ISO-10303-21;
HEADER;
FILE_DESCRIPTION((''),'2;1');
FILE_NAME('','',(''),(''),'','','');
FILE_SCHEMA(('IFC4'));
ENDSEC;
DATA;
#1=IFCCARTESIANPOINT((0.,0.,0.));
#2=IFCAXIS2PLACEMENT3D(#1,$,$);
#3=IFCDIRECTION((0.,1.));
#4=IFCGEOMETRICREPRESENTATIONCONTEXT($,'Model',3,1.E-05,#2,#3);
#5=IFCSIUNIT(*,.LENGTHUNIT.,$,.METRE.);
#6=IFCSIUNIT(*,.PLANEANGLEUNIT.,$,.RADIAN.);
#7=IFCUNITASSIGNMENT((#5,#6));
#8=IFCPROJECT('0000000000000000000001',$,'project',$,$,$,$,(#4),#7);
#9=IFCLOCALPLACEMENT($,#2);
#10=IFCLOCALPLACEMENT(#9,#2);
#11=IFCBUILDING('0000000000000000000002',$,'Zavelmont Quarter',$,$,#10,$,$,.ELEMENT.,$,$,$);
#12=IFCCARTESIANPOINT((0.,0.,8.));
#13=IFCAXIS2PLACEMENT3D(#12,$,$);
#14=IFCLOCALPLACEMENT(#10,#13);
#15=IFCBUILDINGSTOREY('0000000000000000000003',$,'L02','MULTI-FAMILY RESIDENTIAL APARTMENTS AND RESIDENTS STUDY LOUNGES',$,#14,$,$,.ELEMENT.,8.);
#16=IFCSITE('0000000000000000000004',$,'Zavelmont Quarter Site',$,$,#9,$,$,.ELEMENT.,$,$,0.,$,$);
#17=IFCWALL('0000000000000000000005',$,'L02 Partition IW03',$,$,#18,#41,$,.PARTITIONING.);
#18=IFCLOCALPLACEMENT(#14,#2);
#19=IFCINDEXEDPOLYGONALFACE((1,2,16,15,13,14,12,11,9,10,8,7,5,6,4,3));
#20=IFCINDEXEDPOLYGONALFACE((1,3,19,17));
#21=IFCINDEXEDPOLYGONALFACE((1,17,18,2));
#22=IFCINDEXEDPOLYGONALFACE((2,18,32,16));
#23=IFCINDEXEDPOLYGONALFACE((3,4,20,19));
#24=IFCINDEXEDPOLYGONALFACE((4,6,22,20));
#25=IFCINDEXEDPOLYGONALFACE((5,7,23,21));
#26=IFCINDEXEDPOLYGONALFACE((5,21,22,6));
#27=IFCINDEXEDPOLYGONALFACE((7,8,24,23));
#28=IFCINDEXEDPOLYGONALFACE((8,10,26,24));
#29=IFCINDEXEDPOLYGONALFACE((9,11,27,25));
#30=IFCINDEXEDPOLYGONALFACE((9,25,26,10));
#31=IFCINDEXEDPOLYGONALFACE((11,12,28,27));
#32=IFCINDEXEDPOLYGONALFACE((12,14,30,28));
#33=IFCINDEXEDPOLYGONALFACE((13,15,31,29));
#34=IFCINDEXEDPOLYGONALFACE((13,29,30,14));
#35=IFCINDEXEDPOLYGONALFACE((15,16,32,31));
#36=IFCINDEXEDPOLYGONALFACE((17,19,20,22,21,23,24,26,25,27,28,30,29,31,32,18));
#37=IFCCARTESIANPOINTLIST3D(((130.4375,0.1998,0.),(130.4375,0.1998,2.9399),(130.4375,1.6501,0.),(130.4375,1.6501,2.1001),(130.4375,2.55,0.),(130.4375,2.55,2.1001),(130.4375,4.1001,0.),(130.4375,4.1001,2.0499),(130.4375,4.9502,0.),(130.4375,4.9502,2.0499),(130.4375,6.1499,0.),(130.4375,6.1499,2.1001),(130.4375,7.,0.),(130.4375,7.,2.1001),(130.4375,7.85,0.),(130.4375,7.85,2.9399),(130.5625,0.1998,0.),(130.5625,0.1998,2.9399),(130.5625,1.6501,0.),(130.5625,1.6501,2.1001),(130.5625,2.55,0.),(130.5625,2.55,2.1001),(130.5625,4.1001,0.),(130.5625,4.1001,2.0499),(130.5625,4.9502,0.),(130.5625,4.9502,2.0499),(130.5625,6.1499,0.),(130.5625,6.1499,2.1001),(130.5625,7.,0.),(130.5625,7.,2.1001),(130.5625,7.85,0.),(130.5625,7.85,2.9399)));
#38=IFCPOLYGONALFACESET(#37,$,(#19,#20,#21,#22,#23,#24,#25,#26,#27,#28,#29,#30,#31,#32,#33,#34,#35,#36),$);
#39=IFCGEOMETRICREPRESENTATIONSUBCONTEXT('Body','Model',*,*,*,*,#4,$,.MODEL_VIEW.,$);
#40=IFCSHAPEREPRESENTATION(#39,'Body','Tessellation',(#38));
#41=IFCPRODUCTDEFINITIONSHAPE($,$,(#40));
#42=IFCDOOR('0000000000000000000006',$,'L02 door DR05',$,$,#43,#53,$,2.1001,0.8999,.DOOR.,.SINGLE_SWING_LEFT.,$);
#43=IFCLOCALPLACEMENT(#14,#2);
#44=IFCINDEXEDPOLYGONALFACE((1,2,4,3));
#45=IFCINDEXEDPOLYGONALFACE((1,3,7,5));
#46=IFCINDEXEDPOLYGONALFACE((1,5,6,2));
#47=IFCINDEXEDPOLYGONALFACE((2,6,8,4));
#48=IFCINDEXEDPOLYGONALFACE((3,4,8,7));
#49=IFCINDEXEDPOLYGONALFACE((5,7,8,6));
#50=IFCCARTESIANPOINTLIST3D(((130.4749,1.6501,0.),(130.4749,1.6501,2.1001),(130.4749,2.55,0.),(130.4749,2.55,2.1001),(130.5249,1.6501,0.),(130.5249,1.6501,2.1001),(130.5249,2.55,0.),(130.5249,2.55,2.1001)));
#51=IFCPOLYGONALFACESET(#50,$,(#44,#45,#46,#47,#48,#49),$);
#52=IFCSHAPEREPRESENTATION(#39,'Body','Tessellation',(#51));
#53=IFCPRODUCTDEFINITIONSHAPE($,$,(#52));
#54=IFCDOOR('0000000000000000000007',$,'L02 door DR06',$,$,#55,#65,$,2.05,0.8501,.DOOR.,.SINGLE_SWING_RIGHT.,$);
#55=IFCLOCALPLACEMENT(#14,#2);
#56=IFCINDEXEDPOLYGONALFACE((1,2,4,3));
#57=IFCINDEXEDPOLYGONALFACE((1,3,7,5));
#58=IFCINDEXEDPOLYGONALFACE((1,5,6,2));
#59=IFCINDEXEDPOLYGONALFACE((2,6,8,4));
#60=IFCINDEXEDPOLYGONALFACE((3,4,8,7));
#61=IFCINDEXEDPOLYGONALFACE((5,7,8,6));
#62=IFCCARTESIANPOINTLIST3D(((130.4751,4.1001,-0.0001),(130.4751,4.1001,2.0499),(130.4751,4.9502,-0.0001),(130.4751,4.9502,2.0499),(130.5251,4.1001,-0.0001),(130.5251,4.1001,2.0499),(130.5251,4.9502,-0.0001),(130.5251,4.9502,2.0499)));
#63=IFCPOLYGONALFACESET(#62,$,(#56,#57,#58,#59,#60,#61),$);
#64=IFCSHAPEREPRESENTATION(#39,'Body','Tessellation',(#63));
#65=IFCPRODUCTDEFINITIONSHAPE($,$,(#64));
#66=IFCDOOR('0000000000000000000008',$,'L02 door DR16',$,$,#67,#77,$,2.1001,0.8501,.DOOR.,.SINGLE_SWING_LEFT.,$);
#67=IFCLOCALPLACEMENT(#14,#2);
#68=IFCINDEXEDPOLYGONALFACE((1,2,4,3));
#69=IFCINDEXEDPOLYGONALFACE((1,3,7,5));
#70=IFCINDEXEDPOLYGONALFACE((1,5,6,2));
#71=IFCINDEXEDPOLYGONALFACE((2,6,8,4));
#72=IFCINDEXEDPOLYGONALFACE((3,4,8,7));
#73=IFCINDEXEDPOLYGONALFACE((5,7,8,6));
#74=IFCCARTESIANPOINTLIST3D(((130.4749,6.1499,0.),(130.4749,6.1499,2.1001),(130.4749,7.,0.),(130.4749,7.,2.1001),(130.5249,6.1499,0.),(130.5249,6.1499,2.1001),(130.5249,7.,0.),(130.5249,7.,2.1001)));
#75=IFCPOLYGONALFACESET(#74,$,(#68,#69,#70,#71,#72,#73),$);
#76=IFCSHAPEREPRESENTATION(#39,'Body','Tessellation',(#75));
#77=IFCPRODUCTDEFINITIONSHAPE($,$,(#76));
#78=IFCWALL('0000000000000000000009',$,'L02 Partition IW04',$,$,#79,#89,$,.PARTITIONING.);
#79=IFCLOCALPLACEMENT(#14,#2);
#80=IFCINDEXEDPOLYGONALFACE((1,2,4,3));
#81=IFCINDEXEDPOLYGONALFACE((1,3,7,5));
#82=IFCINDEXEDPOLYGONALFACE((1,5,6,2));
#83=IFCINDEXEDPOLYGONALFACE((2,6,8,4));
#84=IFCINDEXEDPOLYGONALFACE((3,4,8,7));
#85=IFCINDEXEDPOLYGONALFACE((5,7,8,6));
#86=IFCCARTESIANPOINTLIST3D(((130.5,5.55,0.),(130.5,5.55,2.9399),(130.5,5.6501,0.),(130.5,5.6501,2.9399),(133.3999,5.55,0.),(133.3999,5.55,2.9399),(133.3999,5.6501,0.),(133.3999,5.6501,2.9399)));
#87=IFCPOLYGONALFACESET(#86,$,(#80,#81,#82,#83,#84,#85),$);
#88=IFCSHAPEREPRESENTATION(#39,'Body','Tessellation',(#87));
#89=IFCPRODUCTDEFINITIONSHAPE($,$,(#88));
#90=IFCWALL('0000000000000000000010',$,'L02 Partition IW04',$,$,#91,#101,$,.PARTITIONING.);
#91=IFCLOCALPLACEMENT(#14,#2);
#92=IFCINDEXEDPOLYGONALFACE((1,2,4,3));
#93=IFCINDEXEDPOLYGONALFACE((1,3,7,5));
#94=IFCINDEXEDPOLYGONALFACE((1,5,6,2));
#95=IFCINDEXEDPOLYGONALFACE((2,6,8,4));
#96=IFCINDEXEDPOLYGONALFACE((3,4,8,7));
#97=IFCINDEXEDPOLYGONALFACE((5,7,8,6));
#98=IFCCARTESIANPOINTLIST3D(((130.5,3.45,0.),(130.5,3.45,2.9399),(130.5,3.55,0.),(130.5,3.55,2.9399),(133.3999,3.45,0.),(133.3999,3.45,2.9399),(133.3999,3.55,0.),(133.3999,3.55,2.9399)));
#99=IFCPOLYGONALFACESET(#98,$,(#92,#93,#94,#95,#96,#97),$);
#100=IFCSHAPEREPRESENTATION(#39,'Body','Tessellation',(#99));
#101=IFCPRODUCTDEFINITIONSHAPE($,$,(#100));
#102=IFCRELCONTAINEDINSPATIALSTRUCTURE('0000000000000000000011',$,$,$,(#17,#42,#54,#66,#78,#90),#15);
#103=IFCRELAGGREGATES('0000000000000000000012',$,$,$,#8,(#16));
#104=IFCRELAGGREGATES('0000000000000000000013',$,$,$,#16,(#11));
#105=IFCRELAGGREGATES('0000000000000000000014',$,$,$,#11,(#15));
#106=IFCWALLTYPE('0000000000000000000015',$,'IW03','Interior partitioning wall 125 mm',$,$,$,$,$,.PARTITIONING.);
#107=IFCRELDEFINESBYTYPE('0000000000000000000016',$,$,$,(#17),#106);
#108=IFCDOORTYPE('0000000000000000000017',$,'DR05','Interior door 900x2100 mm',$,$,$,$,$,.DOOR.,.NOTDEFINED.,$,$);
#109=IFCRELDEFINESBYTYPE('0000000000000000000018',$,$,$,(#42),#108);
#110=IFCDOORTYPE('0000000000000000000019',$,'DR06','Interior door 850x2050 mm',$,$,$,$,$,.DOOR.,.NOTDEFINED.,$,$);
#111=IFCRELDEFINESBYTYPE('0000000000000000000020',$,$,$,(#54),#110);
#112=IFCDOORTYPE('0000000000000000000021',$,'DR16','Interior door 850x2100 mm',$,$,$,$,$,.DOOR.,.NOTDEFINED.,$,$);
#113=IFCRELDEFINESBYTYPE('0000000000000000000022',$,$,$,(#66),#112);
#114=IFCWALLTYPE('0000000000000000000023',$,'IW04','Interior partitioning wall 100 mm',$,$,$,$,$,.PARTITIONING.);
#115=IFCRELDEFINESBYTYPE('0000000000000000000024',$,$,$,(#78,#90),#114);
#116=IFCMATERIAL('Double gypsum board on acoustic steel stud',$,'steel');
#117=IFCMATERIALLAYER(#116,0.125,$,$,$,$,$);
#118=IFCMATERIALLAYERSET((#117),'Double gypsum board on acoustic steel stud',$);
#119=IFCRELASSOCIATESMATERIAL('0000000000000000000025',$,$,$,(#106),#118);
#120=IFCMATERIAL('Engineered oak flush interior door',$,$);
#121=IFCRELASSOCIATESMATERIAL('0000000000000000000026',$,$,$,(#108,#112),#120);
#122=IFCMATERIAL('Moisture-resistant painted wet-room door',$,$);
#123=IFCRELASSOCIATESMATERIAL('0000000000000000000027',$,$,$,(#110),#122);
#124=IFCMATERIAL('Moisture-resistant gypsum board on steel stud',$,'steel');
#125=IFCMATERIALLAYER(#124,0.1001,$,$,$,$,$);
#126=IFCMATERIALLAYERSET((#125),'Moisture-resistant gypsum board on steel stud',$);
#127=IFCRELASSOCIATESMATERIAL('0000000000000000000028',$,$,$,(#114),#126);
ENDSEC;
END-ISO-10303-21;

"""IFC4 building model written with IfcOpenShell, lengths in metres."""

from ifc_helpers import new_model, si_unit, direction, frame, frame_2d, origin, origin_with_axes, place, context, subcontext, project, spatial, rectangle, extrude, material, layer, layer_set, type_object, element, fill, save


model = new_model("IFC4")

# Units and contexts
model_context = context("Model", 3, precision=1e-05, world=origin(), true_north=direction((0.0, 1.0)))
body_context = subcontext(model_context, "Body", "Model", "MODEL_VIEW")
ifc_project = project(units=[si_unit("LENGTHUNIT", "METRE"), si_unit("PLANEANGLEUNIT", "RADIAN")], contexts=[model_context])

# Site, building, storey
site_placement = place(None, origin())
site = spatial("IfcSite", under=ifc_project, at=site_placement, Name="Zavelmont Quarter Site", CompositionType="ELEMENT", RefElevation=0.0)
building_placement = place(site_placement, origin())
building = spatial("IfcBuilding", under=site, at=building_placement, Name="Zavelmont Quarter", CompositionType="ELEMENT")
storey_placement = place(building_placement, frame((0.0, 0.0, 8.0)))
storey = spatial("IfcBuildingStorey", under=building, at=storey_placement, Name="L02", Description="MULTI-FAMILY RESIDENTIAL APARTMENTS AND RESIDENTS STUDY LOUNGES", CompositionType="ELEMENT", Elevation=8.0)

# Wall, openings, doors
ifc_material_1 = material(Name="Double gypsum board on acoustic steel stud", Category="steel")
ifc_layer_1 = layer(ifc_material_1, 0.125)
ifc_layer_set_1 = layer_set([ifc_layer_1], Name="Double gypsum board on acoustic steel stud")
wall_type_1 = type_object("IfcWallType", Name="IW03", Description="Interior partitioning wall 125 mm", PredefinedType="PARTITIONING", material=ifc_layer_set_1)
wall_1_placement = place(storey_placement, frame((130.5, 7.8501, 0.0), z_axis=(0.0, 0.0, 1.0), x_axis=(0.0, -1.0, 0.0)))
wall_1 = element("IfcWall", 1, at=wall_1_placement, inside=storey, type_object=wall_type_1, Name="L02 Partition IW03", PredefinedType="PARTITIONING", context=body_context, shape_type="SweptSolid", body=[
    extrude(rectangle(XDim=7.6501, YDim=0.125, at=frame_2d((3.8252, 0.0))), origin(), (0.0, 0.0, 1.0), 2.9399),
])
opening_1_placement = place(wall_1_placement, frame((0.8501, 0.0, 0.0)))
opening_1 = element("IfcOpeningElement", 2, at=opening_1_placement, cuts=wall_1, PredefinedType="OPENING", context=body_context, shape_type="SweptSolid", body=[
    extrude(rectangle(XDim=0.8501, YDim=2.1001, at=frame_2d((0.425, 1.05))), frame((0.0, 0.0745, 0.0), z_axis=(0.0, -1.0, 0.0), x_axis=(1.0, 0.0, 0.0)), (0.0, 0.0, 1.0), 0.1489),
])
opening_2_placement = place(wall_1_placement, frame((2.8999, 0.0, 0.0)))
opening_2 = element("IfcOpeningElement", 3, at=opening_2_placement, cuts=wall_1, PredefinedType="OPENING", context=body_context, shape_type="SweptSolid", body=[
    extrude(rectangle(XDim=0.8501, YDim=2.05, at=frame_2d((0.425, 1.0249))), frame((0.0, 0.0745, 0.0), z_axis=(0.0, -1.0, 0.0), x_axis=(1.0, 0.0, 0.0)), (0.0, 0.0, 1.0), 0.1489),
])
opening_3_placement = place(wall_1_placement, frame((5.3, 0.0, 0.0)))
opening_3 = element("IfcOpeningElement", 4, at=opening_3_placement, cuts=wall_1, PredefinedType="OPENING", context=body_context, shape_type="SweptSolid", body=[
    extrude(rectangle(XDim=0.8999, YDim=2.1001, at=frame_2d((0.45, 1.05))), frame((0.0, 0.0745, 0.0), z_axis=(0.0, -1.0, 0.0), x_axis=(1.0, 0.0, 0.0)), (0.0, 0.0, 1.0), 0.1489),
])
ifc_material_2 = material(Name="Engineered oak flush interior door")
door_type_1 = type_object("IfcDoorType", Name="DR05", Description="Interior door 900x2100 mm", OperationType="NOTDEFINED", PredefinedType="DOOR", material=ifc_material_2)
door_1_placement = place(opening_3_placement, origin_with_axes())
door_1 = element("IfcDoor", 5, at=door_1_placement, inside=storey, type_object=door_type_1, Name="L02 door DR05", OperationType="SINGLE_SWING_LEFT", OverallHeight=2.1001, OverallWidth=0.8999, PredefinedType="DOOR", context=body_context, shape_type="SweptSolid", body=[
    extrude(rectangle(XDim=0.8999, YDim=2.1001, at=frame_2d((0.45, 1.05))), frame((0.0, 0.0249, 0.0), z_axis=(0.0, -1.0, 0.0), x_axis=(1.0, 0.0, 0.0)), (0.0, 0.0, 1.0), 0.05),
])
fill(opening_3, door_1)
ifc_material_3 = material(Name="Moisture-resistant painted wet-room door")
door_type_2 = type_object("IfcDoorType", Name="DR06", Description="Interior door 850x2050 mm", OperationType="NOTDEFINED", PredefinedType="DOOR", material=ifc_material_3)
door_2_placement = place(opening_2_placement, frame((0.8501, 0.0, 0.0), z_axis=(0.0, 0.0, 1.0), x_axis=(-1.0, 0.0, 0.0)))
door_2 = element("IfcDoor", 6, at=door_2_placement, inside=storey, type_object=door_type_2, Name="L02 door DR06", OperationType="SINGLE_SWING_RIGHT", OverallHeight=2.05, OverallWidth=0.8501, PredefinedType="DOOR", context=body_context, shape_type="SweptSolid", body=[
    extrude(rectangle(XDim=0.8501, YDim=2.05, at=frame_2d((0.425, 1.0249))), frame((0.0, 0.0249, 0.0), z_axis=(0.0, -1.0, 0.0), x_axis=(1.0, 0.0, 0.0)), (0.0, 0.0, 1.0), 0.05),
])
fill(opening_2, door_2)
door_type_3 = type_object("IfcDoorType", Name="DR16", Description="Interior door 850x2100 mm", OperationType="NOTDEFINED", PredefinedType="DOOR", material=ifc_material_2)
door_3_placement = place(opening_1_placement, origin_with_axes())
door_3 = element("IfcDoor", 7, at=door_3_placement, inside=storey, type_object=door_type_3, Name="L02 door DR16", OperationType="SINGLE_SWING_LEFT", OverallHeight=2.1001, OverallWidth=0.8501, PredefinedType="DOOR", context=body_context, shape_type="SweptSolid", body=[
    extrude(rectangle(XDim=0.8501, YDim=2.1001, at=frame_2d((0.425, 1.05))), frame((0.0, 0.0249, 0.0), z_axis=(0.0, -1.0, 0.0), x_axis=(1.0, 0.0, 0.0)), (0.0, 0.0, 1.0), 0.05),
])
fill(opening_1, door_3)

# Walls
ifc_material_4 = material(Name="Moisture-resistant gypsum board on steel stud", Category="steel")
ifc_layer_2 = layer(ifc_material_4, 0.1001)
ifc_layer_set_2 = layer_set([ifc_layer_2], Name="Moisture-resistant gypsum board on steel stud")
wall_type_2 = type_object("IfcWallType", Name="IW04", Description="Interior partitioning wall 100 mm", PredefinedType="PARTITIONING", material=ifc_layer_set_2)
for number, where, z_axis, x_axis, name in (
    (8, (130.5, 5.6001, 0.0), (0.0, 0.0, 1.0), (1.0, 0.0, 0.0), "L02 Partition IW04"),
    (9, (130.5, 3.5, 0.0), (0.0, 0.0, 1.0), (1.0, 0.0, 0.0), "L02 Partition IW04"),
):
    element("IfcWall", number, at=place(storey_placement, frame(where, z_axis=z_axis, x_axis=x_axis)), inside=storey, type_object=wall_type_2, Name=name, PredefinedType="PARTITIONING", context=body_context, shape_type="SweptSolid", body=[
        extrude(rectangle(XDim=2.8999, YDim=0.1001, at=frame_2d((1.45, 0.0))), origin(), (0.0, 0.0, 1.0), 2.9399),
    ])

save(model, "model.ifc")
